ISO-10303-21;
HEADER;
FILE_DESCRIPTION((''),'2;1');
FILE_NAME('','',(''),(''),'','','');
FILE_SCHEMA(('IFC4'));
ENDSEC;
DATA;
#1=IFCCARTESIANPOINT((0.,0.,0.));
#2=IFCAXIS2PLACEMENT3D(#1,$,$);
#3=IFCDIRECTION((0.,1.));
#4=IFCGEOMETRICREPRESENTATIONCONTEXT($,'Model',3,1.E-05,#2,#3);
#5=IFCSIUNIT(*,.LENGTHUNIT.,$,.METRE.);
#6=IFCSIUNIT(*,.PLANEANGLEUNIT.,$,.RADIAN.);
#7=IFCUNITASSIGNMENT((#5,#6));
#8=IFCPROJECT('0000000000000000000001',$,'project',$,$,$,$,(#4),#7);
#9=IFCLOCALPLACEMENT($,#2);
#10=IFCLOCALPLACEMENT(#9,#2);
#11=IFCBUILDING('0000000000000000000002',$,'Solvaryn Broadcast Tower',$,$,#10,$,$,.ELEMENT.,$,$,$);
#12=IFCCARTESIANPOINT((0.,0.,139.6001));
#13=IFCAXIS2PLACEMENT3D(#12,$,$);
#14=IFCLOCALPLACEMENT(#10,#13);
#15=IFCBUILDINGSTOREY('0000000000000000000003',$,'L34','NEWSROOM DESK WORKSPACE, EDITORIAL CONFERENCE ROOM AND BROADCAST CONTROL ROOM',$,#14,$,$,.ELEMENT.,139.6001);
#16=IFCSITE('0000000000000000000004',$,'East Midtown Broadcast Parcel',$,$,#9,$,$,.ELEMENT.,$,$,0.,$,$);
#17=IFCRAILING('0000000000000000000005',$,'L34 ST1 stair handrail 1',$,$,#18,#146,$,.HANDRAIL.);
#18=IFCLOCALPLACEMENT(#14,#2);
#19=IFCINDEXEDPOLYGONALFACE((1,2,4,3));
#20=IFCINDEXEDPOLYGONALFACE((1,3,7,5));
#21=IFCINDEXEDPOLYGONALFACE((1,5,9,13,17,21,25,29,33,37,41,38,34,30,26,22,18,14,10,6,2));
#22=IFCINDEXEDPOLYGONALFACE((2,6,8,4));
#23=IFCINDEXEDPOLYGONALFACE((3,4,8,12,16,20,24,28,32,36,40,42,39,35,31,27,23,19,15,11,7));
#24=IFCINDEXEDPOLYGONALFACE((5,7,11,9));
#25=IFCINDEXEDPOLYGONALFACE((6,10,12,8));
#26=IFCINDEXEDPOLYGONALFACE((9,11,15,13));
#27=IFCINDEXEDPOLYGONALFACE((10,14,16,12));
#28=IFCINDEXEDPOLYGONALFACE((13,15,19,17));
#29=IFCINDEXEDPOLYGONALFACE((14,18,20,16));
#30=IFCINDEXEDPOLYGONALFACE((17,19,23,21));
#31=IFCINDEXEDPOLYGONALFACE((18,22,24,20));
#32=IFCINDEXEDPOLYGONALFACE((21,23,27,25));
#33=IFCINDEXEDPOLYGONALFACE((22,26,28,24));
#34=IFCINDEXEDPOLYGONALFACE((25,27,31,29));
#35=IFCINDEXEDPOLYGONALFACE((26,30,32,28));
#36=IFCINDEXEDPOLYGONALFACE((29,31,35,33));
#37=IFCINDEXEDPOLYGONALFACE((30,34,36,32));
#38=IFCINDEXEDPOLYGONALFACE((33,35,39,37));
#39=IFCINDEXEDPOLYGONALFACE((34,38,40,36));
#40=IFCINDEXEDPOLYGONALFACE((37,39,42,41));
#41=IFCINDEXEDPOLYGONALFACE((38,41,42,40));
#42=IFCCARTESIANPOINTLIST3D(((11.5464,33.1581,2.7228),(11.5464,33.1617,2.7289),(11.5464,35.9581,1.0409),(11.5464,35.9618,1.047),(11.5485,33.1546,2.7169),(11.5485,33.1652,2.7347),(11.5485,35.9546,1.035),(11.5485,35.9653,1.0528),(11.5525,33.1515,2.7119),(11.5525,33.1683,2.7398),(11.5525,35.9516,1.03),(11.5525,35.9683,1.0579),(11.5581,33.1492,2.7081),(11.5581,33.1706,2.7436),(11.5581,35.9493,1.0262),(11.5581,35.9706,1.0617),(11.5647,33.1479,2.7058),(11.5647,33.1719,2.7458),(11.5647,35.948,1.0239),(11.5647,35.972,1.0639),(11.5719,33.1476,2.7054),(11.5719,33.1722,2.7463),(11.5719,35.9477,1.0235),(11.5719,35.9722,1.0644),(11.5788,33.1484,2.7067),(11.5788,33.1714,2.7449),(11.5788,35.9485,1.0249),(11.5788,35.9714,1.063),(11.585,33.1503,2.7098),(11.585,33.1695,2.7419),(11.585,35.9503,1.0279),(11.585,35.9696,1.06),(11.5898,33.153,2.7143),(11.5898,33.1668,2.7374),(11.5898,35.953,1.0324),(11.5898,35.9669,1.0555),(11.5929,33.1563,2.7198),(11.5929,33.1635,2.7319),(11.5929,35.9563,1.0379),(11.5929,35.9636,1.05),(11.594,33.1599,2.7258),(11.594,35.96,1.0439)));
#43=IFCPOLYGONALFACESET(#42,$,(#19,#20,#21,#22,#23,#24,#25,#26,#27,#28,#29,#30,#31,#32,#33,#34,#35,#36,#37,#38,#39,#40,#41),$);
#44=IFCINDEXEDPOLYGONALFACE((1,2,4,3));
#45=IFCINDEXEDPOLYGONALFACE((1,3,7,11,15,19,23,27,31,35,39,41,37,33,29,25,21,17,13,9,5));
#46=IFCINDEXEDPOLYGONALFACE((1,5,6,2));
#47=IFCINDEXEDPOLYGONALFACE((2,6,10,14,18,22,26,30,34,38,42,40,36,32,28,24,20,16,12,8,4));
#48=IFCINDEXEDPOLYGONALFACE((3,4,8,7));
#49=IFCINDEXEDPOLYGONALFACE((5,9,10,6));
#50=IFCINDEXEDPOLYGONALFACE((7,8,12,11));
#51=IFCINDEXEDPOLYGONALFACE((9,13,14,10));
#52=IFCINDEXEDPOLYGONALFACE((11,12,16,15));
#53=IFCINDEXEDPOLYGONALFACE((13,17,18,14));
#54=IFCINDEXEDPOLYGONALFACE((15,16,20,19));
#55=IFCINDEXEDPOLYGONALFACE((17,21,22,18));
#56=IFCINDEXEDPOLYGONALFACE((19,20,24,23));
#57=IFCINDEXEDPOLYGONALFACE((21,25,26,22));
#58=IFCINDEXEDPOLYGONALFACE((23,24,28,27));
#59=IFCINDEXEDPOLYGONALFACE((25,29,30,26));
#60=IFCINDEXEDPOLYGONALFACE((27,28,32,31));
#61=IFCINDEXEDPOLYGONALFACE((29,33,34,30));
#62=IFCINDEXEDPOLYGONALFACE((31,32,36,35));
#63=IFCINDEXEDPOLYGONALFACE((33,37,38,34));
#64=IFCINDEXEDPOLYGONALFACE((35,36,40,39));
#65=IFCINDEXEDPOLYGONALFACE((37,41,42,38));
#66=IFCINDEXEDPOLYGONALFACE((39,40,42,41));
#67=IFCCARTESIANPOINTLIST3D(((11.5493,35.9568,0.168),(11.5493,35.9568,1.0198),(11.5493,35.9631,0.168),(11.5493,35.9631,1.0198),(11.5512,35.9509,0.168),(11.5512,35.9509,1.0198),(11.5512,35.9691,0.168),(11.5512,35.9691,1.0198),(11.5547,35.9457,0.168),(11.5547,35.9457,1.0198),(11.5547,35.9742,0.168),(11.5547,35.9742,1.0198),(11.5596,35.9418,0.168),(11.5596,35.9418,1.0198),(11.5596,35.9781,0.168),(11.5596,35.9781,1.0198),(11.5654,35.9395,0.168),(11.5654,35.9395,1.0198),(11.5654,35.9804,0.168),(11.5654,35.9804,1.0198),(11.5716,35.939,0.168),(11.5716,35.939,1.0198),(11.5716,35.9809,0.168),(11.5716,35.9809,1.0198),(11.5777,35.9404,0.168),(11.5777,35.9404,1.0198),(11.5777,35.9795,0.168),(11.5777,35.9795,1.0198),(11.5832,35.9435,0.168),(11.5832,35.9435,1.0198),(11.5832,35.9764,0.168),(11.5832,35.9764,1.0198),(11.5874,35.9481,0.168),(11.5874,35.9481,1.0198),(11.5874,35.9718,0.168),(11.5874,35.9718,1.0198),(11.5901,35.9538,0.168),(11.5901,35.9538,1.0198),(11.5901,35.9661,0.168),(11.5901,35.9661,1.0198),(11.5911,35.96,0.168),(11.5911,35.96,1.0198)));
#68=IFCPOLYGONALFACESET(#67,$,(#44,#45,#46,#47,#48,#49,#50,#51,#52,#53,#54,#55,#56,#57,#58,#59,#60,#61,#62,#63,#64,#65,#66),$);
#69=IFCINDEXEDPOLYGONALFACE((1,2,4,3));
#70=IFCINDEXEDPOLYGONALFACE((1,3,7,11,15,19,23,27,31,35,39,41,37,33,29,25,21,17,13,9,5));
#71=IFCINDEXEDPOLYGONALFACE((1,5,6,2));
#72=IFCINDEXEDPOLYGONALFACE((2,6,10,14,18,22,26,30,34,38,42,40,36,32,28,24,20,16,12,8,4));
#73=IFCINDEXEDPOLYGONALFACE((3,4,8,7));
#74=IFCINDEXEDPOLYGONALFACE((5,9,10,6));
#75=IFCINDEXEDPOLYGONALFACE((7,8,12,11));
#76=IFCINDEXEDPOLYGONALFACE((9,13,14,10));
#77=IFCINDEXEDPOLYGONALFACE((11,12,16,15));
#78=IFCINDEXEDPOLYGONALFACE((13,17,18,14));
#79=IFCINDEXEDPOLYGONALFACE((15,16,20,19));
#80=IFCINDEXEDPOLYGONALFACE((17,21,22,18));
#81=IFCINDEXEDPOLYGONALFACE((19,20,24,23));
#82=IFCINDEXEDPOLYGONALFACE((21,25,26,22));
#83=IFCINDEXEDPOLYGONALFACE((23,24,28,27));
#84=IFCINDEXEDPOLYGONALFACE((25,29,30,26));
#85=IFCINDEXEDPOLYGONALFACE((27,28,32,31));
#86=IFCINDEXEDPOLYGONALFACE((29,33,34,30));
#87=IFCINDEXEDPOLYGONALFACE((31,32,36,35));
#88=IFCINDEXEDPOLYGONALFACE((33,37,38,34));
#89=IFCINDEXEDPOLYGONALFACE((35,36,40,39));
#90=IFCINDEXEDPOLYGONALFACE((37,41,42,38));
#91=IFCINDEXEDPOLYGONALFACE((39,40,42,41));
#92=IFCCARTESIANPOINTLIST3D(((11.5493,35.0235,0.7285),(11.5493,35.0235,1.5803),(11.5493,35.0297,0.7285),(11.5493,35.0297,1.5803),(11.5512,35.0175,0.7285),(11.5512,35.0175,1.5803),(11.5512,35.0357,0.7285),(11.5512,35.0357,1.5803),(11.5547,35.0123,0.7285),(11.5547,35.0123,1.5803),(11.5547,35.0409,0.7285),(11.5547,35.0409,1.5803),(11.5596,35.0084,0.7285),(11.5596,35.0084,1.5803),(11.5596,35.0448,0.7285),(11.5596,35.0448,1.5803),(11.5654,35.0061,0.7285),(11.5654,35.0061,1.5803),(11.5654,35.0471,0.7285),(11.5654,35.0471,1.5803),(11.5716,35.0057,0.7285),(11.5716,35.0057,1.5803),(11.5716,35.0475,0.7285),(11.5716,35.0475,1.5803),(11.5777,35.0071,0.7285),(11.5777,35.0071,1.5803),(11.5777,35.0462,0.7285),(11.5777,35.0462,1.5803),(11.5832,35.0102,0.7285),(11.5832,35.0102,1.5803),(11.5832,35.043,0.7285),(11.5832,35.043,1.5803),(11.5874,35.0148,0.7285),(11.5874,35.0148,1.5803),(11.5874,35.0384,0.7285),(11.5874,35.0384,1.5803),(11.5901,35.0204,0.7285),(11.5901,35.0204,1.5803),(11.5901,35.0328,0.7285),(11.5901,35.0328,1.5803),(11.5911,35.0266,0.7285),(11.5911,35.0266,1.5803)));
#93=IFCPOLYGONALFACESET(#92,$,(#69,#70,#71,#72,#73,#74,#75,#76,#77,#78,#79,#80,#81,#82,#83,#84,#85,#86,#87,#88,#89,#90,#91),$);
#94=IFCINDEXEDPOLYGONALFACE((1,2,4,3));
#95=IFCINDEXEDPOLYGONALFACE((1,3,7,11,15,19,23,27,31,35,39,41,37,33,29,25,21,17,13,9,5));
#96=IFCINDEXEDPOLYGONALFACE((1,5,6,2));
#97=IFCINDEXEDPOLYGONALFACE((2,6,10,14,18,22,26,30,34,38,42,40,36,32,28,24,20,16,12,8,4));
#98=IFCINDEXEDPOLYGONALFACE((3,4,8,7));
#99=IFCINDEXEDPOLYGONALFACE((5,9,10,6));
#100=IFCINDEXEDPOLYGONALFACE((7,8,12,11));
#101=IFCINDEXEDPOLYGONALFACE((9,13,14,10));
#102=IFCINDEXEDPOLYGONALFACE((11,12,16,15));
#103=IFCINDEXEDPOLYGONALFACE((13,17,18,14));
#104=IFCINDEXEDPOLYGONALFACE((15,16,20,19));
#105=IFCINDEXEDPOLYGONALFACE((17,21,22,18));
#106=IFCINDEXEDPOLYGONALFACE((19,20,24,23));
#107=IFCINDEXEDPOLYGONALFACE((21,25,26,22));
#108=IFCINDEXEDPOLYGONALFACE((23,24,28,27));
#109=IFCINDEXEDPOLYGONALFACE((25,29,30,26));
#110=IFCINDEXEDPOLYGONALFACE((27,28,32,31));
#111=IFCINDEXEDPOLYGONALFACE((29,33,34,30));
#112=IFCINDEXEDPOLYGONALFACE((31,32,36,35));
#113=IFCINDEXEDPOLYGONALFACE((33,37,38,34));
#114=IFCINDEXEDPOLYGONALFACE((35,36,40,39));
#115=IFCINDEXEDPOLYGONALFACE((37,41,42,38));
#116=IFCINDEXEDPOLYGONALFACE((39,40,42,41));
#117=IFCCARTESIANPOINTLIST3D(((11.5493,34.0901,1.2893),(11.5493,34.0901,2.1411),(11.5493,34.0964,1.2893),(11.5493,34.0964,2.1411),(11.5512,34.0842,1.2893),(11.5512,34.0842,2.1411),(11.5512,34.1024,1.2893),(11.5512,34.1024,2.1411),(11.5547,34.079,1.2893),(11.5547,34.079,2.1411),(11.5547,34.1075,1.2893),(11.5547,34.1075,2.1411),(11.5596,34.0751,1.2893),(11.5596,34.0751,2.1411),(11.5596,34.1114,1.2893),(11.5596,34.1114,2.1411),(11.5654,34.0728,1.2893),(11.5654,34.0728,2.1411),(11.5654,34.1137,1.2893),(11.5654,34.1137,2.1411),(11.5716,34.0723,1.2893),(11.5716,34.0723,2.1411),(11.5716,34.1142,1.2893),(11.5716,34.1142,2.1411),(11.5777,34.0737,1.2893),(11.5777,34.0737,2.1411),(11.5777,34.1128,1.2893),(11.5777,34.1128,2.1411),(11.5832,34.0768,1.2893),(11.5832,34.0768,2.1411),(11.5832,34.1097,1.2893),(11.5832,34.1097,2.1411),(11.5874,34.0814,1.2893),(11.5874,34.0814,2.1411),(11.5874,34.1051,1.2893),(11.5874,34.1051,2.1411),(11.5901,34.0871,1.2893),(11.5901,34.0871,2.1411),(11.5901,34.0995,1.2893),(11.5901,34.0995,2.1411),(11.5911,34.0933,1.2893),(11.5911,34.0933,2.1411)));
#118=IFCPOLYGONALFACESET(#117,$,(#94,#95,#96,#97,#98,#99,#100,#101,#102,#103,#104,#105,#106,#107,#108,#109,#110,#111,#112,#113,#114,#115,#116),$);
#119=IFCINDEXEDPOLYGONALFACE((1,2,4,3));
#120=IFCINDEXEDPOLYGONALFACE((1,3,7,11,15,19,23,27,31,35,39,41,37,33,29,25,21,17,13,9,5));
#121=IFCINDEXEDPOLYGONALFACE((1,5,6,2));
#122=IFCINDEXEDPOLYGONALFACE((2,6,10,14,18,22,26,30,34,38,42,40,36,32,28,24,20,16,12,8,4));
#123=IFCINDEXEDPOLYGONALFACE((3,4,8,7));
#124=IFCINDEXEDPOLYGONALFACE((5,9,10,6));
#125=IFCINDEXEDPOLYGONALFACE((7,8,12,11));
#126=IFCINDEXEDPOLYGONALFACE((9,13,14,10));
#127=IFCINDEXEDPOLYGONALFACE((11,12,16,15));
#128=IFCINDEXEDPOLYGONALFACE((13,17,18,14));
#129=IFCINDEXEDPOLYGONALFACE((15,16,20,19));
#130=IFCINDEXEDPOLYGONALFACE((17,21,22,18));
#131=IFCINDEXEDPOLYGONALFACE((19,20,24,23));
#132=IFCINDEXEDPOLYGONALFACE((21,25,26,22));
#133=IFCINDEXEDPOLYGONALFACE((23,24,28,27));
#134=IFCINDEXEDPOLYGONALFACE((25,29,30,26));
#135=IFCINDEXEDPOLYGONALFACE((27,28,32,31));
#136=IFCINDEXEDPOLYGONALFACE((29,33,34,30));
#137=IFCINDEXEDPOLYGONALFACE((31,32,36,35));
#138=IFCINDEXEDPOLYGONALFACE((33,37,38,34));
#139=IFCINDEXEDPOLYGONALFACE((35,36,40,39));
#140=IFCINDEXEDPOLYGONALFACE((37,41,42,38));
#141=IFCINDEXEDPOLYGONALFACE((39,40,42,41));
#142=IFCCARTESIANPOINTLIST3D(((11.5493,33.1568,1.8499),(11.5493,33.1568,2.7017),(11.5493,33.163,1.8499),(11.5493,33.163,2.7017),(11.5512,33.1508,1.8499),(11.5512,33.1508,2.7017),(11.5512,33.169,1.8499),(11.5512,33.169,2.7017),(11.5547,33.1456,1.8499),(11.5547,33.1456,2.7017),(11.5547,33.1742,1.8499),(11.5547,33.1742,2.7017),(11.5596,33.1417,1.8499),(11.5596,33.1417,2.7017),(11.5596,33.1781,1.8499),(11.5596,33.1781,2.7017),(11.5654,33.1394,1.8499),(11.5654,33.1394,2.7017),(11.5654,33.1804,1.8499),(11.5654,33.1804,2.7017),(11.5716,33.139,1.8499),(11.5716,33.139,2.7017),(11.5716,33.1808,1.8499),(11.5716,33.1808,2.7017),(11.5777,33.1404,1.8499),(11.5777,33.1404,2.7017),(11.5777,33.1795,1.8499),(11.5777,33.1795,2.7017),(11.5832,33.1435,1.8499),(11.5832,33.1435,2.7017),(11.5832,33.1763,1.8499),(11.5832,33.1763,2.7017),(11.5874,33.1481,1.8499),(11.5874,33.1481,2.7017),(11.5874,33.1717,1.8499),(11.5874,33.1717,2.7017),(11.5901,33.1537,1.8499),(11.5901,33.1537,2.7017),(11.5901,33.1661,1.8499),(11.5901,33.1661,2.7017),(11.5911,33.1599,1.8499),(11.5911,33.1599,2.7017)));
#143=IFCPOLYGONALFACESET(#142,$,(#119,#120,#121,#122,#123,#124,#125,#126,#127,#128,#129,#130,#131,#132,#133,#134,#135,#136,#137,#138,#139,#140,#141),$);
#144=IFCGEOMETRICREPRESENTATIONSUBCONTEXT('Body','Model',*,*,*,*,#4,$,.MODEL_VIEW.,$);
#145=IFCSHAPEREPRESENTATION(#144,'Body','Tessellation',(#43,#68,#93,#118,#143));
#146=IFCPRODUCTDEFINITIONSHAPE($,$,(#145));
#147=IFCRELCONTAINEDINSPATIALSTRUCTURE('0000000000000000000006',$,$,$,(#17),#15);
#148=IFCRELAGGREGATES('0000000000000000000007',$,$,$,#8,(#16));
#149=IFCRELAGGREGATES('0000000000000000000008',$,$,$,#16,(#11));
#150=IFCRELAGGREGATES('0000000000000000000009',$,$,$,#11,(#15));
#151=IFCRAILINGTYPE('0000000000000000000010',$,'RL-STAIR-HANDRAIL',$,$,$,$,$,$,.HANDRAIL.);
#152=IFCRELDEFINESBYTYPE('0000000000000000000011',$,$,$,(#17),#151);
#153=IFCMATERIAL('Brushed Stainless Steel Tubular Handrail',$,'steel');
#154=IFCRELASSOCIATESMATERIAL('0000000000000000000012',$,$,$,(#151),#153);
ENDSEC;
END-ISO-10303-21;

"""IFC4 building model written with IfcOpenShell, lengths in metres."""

from ifc_helpers import new_model, si_unit, direction, frame, origin, origin_2d, place, context, subcontext, project, spatial, circle, extrude, material, type_object, element, save


model = new_model("IFC4")

# Units and contexts
model_context = context("Model", 3, precision=1e-05, world=origin(), true_north=direction((0.0, 1.0)))
body_context = subcontext(model_context, "Body", "Model", "MODEL_VIEW")
ifc_project = project(units=[si_unit("LENGTHUNIT", "METRE"), si_unit("PLANEANGLEUNIT", "RADIAN")], contexts=[model_context])

# Site, building, storey
site_placement = place(None, origin())
site = spatial("IfcSite", under=ifc_project, at=site_placement, Name="East Midtown Broadcast Parcel", CompositionType="ELEMENT", RefElevation=0.0)
building_placement = place(site_placement, origin())
building = spatial("IfcBuilding", under=site, at=building_placement, Name="Solvaryn Broadcast Tower", CompositionType="ELEMENT")
storey_placement = place(building_placement, frame((0.0, 0.0, 139.6001)))
storey = spatial("IfcBuildingStorey", under=building, at=storey_placement, Name="L34", Description="NEWSROOM DESK WORKSPACE, EDITORIAL CONFERENCE ROOM AND BROADCAST CONTROL ROOM", CompositionType="ELEMENT", Elevation=139.6001)

# Railing
ifc_material_1 = material(Name="Brushed Stainless Steel Tubular Handrail", Category="steel")
railing_type_1 = type_object("IfcRailingType", Name="RL-STAIR-HANDRAIL", PredefinedType="HANDRAIL", material=ifc_material_1)
railing_1_placement = place(storey_placement, frame((11.5701, 35.96, 0.168)))
element("IfcRailing", 1, at=railing_1_placement, inside=storey, type_object=railing_type_1, Name="L34 ST1 stair handrail 1", PredefinedType="HANDRAIL", context=body_context, shape_type="SweptSolid", body=[
    extrude(circle(Radius=0.0239, at=origin_2d()), frame((0.0, 0.0, 0.876), z_axis=(0.0, -0.857242, 0.514913), x_axis=(1.0, 0.0, 0.0)), (0.0, 0.0, 1.0), 3.2664),
    extrude(circle(Radius=0.021, at=origin_2d()), origin(), (0.0, 0.0, 1.0), 0.8518),
    extrude(circle(Radius=0.021, at=origin_2d()), frame((0.0, -0.9333, 0.5605)), (0.0, 0.0, 1.0), 0.8518),
    extrude(circle(Radius=0.021, at=origin_2d()), frame((0.0, -1.8667, 1.1213)), (0.0, 0.0, 1.0), 0.8518),
    extrude(circle(Radius=0.021, at=origin_2d()), frame((0.0, -2.8, 1.6819)), (0.0, 0.0, 1.0), 0.8518),
])

save(model, "model.ifc")
